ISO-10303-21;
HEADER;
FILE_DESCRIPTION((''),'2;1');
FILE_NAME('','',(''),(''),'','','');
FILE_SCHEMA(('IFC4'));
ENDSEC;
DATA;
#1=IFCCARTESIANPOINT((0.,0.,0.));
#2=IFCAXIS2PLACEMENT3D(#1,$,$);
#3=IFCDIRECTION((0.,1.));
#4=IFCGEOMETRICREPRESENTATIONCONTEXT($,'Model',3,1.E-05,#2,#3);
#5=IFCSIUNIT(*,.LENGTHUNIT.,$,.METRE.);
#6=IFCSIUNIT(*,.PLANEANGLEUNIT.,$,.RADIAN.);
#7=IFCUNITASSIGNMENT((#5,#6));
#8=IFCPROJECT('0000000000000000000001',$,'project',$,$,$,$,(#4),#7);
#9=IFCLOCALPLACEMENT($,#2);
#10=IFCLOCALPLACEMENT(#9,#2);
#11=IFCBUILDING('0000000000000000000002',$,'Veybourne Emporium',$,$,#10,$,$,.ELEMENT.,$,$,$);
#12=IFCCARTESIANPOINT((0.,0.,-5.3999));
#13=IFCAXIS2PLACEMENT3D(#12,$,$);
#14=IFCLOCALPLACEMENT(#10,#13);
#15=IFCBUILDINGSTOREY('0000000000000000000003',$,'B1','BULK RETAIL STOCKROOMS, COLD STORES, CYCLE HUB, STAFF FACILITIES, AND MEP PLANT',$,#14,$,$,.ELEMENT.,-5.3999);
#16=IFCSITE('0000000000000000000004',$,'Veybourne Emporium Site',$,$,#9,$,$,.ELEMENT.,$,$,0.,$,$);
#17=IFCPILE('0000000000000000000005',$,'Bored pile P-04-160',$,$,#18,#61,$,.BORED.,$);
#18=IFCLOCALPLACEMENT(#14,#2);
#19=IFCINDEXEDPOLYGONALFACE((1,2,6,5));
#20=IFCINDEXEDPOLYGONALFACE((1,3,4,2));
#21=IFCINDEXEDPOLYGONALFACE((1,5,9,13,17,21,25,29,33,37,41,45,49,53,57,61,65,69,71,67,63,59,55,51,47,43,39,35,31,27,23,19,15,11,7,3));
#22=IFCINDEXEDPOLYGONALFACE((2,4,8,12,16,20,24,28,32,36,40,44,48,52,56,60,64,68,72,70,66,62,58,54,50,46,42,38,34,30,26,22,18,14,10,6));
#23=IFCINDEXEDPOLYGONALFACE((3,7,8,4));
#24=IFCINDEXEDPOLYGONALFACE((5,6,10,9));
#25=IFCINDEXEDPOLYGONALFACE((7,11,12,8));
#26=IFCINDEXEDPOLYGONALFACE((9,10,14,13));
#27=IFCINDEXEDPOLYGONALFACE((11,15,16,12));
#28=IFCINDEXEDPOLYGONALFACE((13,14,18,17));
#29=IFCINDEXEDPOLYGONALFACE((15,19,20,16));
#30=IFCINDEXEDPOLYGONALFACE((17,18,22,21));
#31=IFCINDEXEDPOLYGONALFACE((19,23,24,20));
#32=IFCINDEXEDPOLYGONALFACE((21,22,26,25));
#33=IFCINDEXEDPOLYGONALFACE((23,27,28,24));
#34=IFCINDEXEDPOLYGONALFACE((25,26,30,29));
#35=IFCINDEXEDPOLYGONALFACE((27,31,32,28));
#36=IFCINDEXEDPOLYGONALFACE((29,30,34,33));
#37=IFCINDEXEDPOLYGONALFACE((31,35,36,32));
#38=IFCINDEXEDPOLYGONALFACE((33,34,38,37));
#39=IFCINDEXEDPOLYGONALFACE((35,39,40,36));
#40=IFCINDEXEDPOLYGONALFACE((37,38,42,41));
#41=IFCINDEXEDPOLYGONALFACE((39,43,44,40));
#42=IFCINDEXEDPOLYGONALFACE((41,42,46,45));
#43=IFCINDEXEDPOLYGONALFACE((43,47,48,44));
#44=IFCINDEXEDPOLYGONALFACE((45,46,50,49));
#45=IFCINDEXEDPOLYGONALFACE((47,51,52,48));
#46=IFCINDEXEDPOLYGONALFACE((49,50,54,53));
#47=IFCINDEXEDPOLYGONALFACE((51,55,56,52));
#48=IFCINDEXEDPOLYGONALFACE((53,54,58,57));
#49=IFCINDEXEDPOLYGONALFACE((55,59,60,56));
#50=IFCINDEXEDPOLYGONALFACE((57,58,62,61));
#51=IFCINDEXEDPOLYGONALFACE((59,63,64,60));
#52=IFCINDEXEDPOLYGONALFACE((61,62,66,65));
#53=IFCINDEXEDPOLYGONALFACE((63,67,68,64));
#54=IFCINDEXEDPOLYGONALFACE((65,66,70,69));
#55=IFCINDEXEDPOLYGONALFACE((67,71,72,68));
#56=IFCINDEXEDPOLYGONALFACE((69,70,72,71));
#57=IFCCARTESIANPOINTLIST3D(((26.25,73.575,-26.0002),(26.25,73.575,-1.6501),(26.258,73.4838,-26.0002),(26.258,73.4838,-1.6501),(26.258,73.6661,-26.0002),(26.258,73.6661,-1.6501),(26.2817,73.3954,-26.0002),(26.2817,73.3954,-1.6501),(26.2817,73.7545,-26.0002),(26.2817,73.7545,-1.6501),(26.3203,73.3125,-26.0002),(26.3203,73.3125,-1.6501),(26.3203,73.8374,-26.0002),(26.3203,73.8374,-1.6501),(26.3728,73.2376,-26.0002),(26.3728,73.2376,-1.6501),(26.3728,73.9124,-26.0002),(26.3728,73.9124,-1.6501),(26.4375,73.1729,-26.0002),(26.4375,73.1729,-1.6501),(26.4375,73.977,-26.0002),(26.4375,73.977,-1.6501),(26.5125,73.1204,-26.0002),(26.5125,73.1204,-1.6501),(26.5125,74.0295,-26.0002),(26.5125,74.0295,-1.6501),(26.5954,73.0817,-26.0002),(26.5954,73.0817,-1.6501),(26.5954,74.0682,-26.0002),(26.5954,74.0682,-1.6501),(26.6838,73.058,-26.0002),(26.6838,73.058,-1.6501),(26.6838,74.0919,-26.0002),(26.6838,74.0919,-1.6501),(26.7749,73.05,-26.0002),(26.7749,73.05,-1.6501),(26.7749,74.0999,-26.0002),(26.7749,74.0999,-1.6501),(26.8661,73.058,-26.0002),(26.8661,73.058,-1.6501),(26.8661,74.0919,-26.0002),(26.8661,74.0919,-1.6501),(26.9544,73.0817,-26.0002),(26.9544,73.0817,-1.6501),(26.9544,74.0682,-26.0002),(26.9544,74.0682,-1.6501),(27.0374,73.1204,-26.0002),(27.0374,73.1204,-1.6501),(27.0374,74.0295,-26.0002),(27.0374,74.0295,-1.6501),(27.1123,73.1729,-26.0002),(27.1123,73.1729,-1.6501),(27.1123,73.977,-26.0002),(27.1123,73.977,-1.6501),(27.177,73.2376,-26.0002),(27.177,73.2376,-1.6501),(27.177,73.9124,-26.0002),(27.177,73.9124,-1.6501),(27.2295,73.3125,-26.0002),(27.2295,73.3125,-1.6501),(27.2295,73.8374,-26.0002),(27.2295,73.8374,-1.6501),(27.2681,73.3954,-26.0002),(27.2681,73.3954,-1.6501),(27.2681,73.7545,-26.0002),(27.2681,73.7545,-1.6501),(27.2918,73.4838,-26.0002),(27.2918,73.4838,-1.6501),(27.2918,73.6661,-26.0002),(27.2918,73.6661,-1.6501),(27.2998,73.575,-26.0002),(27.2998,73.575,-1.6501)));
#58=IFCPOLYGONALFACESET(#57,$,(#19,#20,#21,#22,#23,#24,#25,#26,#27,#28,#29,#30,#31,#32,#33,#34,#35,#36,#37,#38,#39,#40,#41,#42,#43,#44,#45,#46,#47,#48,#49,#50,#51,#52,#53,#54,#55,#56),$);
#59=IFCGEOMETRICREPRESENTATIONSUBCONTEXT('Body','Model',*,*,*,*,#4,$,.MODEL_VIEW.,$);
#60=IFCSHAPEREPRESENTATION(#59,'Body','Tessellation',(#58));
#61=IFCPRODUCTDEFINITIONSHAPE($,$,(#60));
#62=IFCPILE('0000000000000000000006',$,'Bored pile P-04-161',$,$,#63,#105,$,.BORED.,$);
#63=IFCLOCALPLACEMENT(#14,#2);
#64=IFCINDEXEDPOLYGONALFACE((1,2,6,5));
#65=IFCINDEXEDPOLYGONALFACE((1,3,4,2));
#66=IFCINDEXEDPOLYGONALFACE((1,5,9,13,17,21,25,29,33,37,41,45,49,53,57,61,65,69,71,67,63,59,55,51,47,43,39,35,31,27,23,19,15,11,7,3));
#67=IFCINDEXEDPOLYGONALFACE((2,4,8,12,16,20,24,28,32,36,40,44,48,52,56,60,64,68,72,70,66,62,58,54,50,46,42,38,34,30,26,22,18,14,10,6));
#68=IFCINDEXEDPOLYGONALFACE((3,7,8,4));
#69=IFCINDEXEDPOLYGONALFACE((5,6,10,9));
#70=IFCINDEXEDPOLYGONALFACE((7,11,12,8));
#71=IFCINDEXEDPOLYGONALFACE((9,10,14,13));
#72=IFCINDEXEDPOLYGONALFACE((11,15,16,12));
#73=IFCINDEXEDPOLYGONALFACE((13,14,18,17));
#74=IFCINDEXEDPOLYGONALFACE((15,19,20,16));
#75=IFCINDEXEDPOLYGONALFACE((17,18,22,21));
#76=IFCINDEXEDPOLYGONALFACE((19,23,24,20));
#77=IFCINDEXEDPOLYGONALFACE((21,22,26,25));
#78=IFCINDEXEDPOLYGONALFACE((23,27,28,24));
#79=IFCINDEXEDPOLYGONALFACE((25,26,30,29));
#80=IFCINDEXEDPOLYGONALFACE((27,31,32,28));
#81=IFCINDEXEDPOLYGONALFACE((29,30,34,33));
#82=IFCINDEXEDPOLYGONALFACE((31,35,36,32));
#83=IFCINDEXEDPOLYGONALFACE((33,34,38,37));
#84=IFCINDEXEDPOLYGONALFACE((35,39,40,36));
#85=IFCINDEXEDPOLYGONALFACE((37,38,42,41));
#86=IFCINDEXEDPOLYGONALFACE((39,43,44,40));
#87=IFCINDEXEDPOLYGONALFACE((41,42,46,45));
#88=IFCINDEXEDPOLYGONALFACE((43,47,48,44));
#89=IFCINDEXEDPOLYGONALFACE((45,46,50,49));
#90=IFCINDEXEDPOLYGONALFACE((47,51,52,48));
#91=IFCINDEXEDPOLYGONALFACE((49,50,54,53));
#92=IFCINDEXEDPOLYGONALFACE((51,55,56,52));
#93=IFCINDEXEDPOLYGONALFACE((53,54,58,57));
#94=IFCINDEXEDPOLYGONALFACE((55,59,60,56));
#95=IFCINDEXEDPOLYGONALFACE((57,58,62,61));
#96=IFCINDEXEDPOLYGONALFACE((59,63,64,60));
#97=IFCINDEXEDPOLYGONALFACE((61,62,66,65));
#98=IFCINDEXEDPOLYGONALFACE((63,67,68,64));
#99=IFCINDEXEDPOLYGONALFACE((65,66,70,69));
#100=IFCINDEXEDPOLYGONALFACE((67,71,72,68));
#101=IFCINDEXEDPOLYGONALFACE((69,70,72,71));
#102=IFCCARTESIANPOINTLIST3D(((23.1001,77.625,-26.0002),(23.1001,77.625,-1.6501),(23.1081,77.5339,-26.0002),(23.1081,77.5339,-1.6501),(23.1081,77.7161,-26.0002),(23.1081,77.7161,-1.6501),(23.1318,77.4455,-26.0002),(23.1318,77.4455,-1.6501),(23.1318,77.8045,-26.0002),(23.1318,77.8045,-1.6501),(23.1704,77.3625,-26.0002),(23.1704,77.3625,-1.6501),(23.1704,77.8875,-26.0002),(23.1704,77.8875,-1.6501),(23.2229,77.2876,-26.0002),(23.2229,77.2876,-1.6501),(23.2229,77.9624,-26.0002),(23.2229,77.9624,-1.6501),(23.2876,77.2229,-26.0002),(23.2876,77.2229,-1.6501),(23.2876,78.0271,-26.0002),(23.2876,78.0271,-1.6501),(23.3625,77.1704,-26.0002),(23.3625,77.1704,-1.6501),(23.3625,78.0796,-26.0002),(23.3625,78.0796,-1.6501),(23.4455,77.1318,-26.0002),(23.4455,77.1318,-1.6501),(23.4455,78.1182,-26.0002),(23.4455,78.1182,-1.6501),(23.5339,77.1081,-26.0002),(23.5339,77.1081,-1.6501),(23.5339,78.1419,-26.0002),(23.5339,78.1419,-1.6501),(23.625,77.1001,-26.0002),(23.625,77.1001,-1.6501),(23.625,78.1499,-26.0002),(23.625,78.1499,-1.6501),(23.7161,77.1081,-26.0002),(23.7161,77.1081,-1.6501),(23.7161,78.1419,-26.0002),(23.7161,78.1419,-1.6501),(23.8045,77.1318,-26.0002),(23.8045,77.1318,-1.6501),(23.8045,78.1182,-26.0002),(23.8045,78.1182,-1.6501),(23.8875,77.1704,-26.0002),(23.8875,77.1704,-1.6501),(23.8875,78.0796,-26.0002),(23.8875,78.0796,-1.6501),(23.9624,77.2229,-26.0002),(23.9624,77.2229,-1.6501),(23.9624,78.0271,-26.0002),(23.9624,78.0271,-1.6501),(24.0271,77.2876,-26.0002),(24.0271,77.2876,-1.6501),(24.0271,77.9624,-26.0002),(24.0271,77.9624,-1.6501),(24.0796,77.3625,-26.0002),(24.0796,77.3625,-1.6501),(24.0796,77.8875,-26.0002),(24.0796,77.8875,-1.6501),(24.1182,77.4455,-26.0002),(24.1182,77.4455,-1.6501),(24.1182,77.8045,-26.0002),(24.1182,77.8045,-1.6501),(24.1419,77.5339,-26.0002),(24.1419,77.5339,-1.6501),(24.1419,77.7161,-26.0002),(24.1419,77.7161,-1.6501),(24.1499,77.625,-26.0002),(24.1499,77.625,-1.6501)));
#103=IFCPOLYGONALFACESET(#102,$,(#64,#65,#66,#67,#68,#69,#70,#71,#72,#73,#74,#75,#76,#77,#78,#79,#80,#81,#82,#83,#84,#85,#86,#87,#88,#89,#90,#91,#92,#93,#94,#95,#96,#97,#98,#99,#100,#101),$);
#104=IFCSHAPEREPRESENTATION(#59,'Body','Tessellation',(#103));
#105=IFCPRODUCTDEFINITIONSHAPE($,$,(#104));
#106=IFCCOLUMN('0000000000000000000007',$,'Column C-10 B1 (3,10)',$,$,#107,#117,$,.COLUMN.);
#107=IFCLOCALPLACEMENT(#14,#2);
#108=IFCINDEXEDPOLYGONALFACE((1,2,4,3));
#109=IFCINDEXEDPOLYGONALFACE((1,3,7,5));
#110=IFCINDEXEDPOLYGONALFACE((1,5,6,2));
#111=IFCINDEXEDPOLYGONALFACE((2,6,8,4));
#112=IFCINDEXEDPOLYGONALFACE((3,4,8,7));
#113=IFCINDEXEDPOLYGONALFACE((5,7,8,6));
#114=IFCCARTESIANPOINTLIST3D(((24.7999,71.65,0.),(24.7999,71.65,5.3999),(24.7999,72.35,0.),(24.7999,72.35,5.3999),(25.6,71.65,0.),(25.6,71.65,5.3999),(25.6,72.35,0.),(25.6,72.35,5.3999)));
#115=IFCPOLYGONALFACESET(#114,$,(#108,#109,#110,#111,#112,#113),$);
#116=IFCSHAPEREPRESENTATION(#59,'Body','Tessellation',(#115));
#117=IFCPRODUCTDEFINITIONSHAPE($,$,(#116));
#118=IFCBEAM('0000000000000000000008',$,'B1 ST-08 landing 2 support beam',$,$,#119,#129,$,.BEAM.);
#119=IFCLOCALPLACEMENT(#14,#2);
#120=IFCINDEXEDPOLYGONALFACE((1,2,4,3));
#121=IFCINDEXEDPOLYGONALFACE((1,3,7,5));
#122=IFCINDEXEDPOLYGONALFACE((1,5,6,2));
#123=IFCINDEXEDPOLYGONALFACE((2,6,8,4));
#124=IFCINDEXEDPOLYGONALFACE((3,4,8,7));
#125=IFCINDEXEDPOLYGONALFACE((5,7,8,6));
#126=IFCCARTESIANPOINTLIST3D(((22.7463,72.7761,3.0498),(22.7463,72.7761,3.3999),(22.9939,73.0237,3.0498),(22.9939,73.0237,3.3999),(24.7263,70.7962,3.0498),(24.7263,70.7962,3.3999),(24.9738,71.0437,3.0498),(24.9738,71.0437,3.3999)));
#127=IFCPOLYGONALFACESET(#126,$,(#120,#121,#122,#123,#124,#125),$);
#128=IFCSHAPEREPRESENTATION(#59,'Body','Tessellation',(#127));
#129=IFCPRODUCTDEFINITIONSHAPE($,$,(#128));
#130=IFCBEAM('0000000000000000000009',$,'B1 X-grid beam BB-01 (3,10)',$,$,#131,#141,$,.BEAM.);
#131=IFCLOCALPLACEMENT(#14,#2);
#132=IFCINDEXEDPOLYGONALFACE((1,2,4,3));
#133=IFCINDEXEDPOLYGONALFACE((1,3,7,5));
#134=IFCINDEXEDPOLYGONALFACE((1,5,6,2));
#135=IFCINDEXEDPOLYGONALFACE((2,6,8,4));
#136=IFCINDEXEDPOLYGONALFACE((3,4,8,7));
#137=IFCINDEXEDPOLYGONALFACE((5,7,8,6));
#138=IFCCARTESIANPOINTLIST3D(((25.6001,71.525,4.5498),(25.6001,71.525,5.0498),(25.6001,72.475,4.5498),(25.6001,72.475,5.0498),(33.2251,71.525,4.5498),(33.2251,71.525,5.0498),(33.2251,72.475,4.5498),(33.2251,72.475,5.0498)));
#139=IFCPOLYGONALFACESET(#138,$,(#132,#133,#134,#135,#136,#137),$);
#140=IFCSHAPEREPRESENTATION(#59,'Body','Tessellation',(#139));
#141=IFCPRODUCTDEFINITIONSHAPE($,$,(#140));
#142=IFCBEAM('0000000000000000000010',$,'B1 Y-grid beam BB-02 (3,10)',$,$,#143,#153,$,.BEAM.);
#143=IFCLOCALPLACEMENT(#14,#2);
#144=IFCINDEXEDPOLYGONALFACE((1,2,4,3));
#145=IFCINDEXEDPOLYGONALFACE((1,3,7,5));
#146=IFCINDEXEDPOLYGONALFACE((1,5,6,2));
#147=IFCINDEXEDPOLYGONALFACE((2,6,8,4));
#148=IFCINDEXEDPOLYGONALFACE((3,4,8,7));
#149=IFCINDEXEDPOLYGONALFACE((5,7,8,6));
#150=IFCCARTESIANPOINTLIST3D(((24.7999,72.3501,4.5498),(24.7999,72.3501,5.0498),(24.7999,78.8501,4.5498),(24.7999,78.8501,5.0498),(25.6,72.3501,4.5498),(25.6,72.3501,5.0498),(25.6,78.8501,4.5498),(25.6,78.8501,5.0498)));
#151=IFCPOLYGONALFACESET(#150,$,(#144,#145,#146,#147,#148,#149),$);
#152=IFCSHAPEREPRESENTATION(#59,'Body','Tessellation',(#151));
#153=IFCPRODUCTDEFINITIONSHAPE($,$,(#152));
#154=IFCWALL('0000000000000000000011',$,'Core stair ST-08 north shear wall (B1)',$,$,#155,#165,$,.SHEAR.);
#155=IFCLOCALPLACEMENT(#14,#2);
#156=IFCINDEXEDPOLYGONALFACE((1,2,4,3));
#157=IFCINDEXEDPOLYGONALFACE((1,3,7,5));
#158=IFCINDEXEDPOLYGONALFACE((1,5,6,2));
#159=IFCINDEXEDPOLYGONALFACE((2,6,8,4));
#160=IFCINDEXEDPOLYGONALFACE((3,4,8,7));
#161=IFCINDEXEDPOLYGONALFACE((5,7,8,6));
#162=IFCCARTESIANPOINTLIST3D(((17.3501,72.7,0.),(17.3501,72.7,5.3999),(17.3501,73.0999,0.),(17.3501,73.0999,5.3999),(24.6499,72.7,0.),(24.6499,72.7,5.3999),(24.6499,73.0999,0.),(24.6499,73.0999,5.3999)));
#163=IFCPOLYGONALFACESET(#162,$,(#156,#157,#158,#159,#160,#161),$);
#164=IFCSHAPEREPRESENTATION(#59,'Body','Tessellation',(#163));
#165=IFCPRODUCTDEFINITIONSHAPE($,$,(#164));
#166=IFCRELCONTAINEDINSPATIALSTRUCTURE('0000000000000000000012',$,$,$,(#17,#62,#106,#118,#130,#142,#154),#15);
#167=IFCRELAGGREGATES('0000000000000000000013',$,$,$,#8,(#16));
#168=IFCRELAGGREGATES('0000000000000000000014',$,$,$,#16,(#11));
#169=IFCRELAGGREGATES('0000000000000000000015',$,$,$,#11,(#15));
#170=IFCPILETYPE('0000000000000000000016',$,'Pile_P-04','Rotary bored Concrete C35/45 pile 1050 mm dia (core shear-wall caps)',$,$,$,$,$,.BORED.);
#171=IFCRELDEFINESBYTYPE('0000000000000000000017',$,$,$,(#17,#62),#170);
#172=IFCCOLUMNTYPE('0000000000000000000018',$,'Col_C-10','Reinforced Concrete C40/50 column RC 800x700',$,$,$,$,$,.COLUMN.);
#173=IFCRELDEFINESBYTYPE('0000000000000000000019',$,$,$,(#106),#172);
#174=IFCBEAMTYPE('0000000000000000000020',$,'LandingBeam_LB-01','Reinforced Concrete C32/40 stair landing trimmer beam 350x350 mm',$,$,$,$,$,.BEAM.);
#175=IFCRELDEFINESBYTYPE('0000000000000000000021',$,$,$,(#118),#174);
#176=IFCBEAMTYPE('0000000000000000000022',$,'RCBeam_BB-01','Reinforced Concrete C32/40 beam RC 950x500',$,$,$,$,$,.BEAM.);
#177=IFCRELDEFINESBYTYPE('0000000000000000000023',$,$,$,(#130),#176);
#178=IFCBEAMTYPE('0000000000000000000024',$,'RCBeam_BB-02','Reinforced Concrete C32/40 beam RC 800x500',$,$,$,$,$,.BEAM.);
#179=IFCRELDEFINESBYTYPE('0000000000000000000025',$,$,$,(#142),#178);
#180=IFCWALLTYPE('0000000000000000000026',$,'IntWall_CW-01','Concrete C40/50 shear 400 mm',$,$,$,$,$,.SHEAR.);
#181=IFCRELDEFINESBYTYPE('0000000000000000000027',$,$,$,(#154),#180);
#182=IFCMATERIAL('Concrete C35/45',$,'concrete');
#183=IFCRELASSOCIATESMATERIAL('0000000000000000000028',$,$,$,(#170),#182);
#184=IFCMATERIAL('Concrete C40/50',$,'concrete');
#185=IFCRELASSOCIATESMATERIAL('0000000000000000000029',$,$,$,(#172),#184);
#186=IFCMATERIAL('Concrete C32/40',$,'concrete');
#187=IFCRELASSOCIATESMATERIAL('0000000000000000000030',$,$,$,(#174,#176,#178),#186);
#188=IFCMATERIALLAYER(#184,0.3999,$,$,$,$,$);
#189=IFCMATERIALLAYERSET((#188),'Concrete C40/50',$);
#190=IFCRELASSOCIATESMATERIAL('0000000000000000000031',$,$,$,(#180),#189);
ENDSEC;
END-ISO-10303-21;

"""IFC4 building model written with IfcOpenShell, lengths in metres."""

from ifc_helpers import new_model, si_unit, direction, frame, frame_2d, origin, origin_2d, place, context, subcontext, project, spatial, rectangle, circle, extrude, material, layer, layer_set, material_profile, profile_set, type_object, element, save


model = new_model("IFC4")

# Units and contexts
model_context = context("Model", 3, precision=1e-05, world=origin(), true_north=direction((0.0, 1.0)))
body_context = subcontext(model_context, "Body", "Model", "MODEL_VIEW")
ifc_project = project(units=[si_unit("LENGTHUNIT", "METRE"), si_unit("PLANEANGLEUNIT", "RADIAN")], contexts=[model_context])

# Site, building, storey
site_placement = place(None, origin())
site = spatial("IfcSite", under=ifc_project, at=site_placement, Name="Veybourne Emporium Site", CompositionType="ELEMENT", RefElevation=0.0)
building_placement = place(site_placement, origin())
building = spatial("IfcBuilding", under=site, at=building_placement, Name="Veybourne Emporium", CompositionType="ELEMENT")
storey_placement = place(building_placement, frame((0.0, 0.0, -5.3999)))
storey = spatial("IfcBuildingStorey", under=building, at=storey_placement, Name="B1", Description="BULK RETAIL STOCKROOMS, COLD STORES, CYCLE HUB, STAFF FACILITIES, AND MEP PLANT", CompositionType="ELEMENT", Elevation=-5.3999)

# Shared definitions
ifc_material_1 = material(Name="Concrete C35/45", Category="concrete")

# Piles
ifc_material_profile_1 = material_profile(ifc_material_1, circle(Radius=0.5249, at=origin_2d()), Name="BORED PILE 1050")
ifc_profile_set_1 = profile_set([ifc_material_profile_1], Name="Concrete C35/45")
pile_type_1 = type_object("IfcPileType", Name="Pile_P-04", Description="Rotary bored Concrete C35/45 pile 1050 mm dia (core shear-wall caps)", PredefinedType="BORED", material=ifc_profile_set_1)
for number, where, z_axis, x_axis, name in (
    (1, (26.7749, 73.575, -1.6501), (0.0, 0.0, -1.0), (1.0, 0.0, 0.0), "Bored pile P-04-160"),
    (2, (23.625, 77.625, -1.6501), (0.0, 0.0, -1.0), (1.0, 0.0, 0.0), "Bored pile P-04-161"),
):
    element("IfcPile", number, at=place(storey_placement, frame(where, z_axis=z_axis, x_axis=x_axis)), inside=storey, type_object=pile_type_1, Name=name, PredefinedType="BORED", context=body_context, shape_type="SweptSolid", body=[
        extrude(circle(Radius=0.5249, at=origin_2d()), origin(), (0.0, 0.0, 1.0), 24.3501),
    ])

# Column
ifc_material_2 = material(Name="Concrete C40/50", Category="concrete")
ifc_material_profile_2 = material_profile(ifc_material_2, rectangle(XDim=0.8, YDim=0.7, at=origin_2d()), Name="RC 800x700")
ifc_profile_set_2 = profile_set([ifc_material_profile_2], Name="Concrete C40/50")
column_type = type_object("IfcColumnType", Name="Col_C-10", Description="Reinforced Concrete C40/50 column RC 800x700", PredefinedType="COLUMN", material=ifc_profile_set_2)
column_placement = place(storey_placement, frame((25.2, 72.0, 0.0), z_axis=(0.0, 0.0, 1.0), x_axis=(1.0, 0.0, 0.0)))
element("IfcColumn", 3, at=column_placement, inside=storey, type_object=column_type, Name="Column C-10 B1 (3,10)", PredefinedType="COLUMN", context=body_context, shape_type="SweptSolid", body=[
    extrude(rectangle(XDim=0.8, YDim=0.7, at=origin_2d()), origin(), (0.0, 0.0, 1.0), 5.3999),
])

# Beams
ifc_material_3 = material(Name="Concrete C32/40", Category="concrete")
ifc_material_profile_3 = material_profile(ifc_material_3, rectangle(XDim=0.3501, YDim=0.3501, at=origin_2d()), Name="RC 350x350")
ifc_profile_set_3 = profile_set([ifc_material_profile_3], Name="Concrete C32/40")
beam_type_1 = type_object("IfcBeamType", Name="LandingBeam_LB-01", Description="Reinforced Concrete C32/40 stair landing trimmer beam 350x350 mm", PredefinedType="BEAM", material=ifc_profile_set_3)
beam_1_placement = place(storey_placement, frame((22.8701, 72.8999, 3.2249), z_axis=(0.707107, -0.707107, 0.0), x_axis=(0.707107, 0.707107, 0.0)))
element("IfcBeam", 4, at=beam_1_placement, inside=storey, type_object=beam_type_1, Name="B1 ST-08 landing 2 support beam", PredefinedType="BEAM", context=body_context, shape_type="SweptSolid", body=[
    extrude(rectangle(XDim=0.3501, YDim=0.3501, at=origin_2d()), origin(), (0.0, 0.0, 1.0), 2.8),
])
ifc_material_profile_4 = material_profile(ifc_material_3, rectangle(XDim=0.95, YDim=0.5, at=origin_2d()), Name="RC 950x500")
ifc_profile_set_4 = profile_set([ifc_material_profile_4], Name="Concrete C32/40")
beam_type_2 = type_object("IfcBeamType", Name="RCBeam_BB-01", Description="Reinforced Concrete C32/40 beam RC 950x500", PredefinedType="BEAM", material=ifc_profile_set_4)
beam_2_placement = place(storey_placement, frame((25.6001, 72.0, 4.7998), z_axis=(1.0, 0.0, 0.0), x_axis=(0.0, 1.0, 0.0)))
element("IfcBeam", 5, at=beam_2_placement, inside=storey, type_object=beam_type_2, Name="B1 X-grid beam BB-01 (3,10)", PredefinedType="BEAM", context=body_context, shape_type="SweptSolid", body=[
    extrude(rectangle(XDim=0.95, YDim=0.5, at=origin_2d()), origin(), (0.0, 0.0, 1.0), 7.625),
])
ifc_material_profile_5 = material_profile(ifc_material_3, rectangle(XDim=0.8, YDim=0.5, at=origin_2d()), Name="RC 800x500")
ifc_profile_set_5 = profile_set([ifc_material_profile_5], Name="Concrete C32/40")
beam_type_3 = type_object("IfcBeamType", Name="RCBeam_BB-02", Description="Reinforced Concrete C32/40 beam RC 800x500", PredefinedType="BEAM", material=ifc_profile_set_5)
beam_3_placement = place(storey_placement, frame((25.2, 72.3501, 4.7998), z_axis=(0.0, 1.0, 0.0), x_axis=(-1.0, 0.0, 0.0)))
element("IfcBeam", 6, at=beam_3_placement, inside=storey, type_object=beam_type_3, Name="B1 Y-grid beam BB-02 (3,10)", PredefinedType="BEAM", context=body_context, shape_type="SweptSolid", body=[
    extrude(rectangle(XDim=0.8, YDim=0.5, at=origin_2d()), origin(), (0.0, 0.0, 1.0), 6.5),
])

# Wall
ifc_layer_1 = layer(ifc_material_2, 0.3999)
ifc_layer_set_1 = layer_set([ifc_layer_1], Name="Concrete C40/50")
wall_type_1 = type_object("IfcWallType", Name="IntWall_CW-01", Description="Concrete C40/50 shear 400 mm", PredefinedType="SHEAR", material=ifc_layer_set_1)
wall_1_placement = place(storey_placement, frame((17.3501, 72.8999, 0.0), z_axis=(0.0, 0.0, 1.0), x_axis=(1.0, 0.0, 0.0)))
element("IfcWall", 7, at=wall_1_placement, inside=storey, type_object=wall_type_1, Name="Core stair ST-08 north shear wall (B1)", PredefinedType="SHEAR", context=body_context, shape_type="SweptSolid", body=[
    extrude(rectangle(XDim=7.2998, YDim=0.3999, at=frame_2d((3.6499, 0.0))), origin(), (0.0, 0.0, 1.0), 5.3999),
])

save(model, "model.ifc")
